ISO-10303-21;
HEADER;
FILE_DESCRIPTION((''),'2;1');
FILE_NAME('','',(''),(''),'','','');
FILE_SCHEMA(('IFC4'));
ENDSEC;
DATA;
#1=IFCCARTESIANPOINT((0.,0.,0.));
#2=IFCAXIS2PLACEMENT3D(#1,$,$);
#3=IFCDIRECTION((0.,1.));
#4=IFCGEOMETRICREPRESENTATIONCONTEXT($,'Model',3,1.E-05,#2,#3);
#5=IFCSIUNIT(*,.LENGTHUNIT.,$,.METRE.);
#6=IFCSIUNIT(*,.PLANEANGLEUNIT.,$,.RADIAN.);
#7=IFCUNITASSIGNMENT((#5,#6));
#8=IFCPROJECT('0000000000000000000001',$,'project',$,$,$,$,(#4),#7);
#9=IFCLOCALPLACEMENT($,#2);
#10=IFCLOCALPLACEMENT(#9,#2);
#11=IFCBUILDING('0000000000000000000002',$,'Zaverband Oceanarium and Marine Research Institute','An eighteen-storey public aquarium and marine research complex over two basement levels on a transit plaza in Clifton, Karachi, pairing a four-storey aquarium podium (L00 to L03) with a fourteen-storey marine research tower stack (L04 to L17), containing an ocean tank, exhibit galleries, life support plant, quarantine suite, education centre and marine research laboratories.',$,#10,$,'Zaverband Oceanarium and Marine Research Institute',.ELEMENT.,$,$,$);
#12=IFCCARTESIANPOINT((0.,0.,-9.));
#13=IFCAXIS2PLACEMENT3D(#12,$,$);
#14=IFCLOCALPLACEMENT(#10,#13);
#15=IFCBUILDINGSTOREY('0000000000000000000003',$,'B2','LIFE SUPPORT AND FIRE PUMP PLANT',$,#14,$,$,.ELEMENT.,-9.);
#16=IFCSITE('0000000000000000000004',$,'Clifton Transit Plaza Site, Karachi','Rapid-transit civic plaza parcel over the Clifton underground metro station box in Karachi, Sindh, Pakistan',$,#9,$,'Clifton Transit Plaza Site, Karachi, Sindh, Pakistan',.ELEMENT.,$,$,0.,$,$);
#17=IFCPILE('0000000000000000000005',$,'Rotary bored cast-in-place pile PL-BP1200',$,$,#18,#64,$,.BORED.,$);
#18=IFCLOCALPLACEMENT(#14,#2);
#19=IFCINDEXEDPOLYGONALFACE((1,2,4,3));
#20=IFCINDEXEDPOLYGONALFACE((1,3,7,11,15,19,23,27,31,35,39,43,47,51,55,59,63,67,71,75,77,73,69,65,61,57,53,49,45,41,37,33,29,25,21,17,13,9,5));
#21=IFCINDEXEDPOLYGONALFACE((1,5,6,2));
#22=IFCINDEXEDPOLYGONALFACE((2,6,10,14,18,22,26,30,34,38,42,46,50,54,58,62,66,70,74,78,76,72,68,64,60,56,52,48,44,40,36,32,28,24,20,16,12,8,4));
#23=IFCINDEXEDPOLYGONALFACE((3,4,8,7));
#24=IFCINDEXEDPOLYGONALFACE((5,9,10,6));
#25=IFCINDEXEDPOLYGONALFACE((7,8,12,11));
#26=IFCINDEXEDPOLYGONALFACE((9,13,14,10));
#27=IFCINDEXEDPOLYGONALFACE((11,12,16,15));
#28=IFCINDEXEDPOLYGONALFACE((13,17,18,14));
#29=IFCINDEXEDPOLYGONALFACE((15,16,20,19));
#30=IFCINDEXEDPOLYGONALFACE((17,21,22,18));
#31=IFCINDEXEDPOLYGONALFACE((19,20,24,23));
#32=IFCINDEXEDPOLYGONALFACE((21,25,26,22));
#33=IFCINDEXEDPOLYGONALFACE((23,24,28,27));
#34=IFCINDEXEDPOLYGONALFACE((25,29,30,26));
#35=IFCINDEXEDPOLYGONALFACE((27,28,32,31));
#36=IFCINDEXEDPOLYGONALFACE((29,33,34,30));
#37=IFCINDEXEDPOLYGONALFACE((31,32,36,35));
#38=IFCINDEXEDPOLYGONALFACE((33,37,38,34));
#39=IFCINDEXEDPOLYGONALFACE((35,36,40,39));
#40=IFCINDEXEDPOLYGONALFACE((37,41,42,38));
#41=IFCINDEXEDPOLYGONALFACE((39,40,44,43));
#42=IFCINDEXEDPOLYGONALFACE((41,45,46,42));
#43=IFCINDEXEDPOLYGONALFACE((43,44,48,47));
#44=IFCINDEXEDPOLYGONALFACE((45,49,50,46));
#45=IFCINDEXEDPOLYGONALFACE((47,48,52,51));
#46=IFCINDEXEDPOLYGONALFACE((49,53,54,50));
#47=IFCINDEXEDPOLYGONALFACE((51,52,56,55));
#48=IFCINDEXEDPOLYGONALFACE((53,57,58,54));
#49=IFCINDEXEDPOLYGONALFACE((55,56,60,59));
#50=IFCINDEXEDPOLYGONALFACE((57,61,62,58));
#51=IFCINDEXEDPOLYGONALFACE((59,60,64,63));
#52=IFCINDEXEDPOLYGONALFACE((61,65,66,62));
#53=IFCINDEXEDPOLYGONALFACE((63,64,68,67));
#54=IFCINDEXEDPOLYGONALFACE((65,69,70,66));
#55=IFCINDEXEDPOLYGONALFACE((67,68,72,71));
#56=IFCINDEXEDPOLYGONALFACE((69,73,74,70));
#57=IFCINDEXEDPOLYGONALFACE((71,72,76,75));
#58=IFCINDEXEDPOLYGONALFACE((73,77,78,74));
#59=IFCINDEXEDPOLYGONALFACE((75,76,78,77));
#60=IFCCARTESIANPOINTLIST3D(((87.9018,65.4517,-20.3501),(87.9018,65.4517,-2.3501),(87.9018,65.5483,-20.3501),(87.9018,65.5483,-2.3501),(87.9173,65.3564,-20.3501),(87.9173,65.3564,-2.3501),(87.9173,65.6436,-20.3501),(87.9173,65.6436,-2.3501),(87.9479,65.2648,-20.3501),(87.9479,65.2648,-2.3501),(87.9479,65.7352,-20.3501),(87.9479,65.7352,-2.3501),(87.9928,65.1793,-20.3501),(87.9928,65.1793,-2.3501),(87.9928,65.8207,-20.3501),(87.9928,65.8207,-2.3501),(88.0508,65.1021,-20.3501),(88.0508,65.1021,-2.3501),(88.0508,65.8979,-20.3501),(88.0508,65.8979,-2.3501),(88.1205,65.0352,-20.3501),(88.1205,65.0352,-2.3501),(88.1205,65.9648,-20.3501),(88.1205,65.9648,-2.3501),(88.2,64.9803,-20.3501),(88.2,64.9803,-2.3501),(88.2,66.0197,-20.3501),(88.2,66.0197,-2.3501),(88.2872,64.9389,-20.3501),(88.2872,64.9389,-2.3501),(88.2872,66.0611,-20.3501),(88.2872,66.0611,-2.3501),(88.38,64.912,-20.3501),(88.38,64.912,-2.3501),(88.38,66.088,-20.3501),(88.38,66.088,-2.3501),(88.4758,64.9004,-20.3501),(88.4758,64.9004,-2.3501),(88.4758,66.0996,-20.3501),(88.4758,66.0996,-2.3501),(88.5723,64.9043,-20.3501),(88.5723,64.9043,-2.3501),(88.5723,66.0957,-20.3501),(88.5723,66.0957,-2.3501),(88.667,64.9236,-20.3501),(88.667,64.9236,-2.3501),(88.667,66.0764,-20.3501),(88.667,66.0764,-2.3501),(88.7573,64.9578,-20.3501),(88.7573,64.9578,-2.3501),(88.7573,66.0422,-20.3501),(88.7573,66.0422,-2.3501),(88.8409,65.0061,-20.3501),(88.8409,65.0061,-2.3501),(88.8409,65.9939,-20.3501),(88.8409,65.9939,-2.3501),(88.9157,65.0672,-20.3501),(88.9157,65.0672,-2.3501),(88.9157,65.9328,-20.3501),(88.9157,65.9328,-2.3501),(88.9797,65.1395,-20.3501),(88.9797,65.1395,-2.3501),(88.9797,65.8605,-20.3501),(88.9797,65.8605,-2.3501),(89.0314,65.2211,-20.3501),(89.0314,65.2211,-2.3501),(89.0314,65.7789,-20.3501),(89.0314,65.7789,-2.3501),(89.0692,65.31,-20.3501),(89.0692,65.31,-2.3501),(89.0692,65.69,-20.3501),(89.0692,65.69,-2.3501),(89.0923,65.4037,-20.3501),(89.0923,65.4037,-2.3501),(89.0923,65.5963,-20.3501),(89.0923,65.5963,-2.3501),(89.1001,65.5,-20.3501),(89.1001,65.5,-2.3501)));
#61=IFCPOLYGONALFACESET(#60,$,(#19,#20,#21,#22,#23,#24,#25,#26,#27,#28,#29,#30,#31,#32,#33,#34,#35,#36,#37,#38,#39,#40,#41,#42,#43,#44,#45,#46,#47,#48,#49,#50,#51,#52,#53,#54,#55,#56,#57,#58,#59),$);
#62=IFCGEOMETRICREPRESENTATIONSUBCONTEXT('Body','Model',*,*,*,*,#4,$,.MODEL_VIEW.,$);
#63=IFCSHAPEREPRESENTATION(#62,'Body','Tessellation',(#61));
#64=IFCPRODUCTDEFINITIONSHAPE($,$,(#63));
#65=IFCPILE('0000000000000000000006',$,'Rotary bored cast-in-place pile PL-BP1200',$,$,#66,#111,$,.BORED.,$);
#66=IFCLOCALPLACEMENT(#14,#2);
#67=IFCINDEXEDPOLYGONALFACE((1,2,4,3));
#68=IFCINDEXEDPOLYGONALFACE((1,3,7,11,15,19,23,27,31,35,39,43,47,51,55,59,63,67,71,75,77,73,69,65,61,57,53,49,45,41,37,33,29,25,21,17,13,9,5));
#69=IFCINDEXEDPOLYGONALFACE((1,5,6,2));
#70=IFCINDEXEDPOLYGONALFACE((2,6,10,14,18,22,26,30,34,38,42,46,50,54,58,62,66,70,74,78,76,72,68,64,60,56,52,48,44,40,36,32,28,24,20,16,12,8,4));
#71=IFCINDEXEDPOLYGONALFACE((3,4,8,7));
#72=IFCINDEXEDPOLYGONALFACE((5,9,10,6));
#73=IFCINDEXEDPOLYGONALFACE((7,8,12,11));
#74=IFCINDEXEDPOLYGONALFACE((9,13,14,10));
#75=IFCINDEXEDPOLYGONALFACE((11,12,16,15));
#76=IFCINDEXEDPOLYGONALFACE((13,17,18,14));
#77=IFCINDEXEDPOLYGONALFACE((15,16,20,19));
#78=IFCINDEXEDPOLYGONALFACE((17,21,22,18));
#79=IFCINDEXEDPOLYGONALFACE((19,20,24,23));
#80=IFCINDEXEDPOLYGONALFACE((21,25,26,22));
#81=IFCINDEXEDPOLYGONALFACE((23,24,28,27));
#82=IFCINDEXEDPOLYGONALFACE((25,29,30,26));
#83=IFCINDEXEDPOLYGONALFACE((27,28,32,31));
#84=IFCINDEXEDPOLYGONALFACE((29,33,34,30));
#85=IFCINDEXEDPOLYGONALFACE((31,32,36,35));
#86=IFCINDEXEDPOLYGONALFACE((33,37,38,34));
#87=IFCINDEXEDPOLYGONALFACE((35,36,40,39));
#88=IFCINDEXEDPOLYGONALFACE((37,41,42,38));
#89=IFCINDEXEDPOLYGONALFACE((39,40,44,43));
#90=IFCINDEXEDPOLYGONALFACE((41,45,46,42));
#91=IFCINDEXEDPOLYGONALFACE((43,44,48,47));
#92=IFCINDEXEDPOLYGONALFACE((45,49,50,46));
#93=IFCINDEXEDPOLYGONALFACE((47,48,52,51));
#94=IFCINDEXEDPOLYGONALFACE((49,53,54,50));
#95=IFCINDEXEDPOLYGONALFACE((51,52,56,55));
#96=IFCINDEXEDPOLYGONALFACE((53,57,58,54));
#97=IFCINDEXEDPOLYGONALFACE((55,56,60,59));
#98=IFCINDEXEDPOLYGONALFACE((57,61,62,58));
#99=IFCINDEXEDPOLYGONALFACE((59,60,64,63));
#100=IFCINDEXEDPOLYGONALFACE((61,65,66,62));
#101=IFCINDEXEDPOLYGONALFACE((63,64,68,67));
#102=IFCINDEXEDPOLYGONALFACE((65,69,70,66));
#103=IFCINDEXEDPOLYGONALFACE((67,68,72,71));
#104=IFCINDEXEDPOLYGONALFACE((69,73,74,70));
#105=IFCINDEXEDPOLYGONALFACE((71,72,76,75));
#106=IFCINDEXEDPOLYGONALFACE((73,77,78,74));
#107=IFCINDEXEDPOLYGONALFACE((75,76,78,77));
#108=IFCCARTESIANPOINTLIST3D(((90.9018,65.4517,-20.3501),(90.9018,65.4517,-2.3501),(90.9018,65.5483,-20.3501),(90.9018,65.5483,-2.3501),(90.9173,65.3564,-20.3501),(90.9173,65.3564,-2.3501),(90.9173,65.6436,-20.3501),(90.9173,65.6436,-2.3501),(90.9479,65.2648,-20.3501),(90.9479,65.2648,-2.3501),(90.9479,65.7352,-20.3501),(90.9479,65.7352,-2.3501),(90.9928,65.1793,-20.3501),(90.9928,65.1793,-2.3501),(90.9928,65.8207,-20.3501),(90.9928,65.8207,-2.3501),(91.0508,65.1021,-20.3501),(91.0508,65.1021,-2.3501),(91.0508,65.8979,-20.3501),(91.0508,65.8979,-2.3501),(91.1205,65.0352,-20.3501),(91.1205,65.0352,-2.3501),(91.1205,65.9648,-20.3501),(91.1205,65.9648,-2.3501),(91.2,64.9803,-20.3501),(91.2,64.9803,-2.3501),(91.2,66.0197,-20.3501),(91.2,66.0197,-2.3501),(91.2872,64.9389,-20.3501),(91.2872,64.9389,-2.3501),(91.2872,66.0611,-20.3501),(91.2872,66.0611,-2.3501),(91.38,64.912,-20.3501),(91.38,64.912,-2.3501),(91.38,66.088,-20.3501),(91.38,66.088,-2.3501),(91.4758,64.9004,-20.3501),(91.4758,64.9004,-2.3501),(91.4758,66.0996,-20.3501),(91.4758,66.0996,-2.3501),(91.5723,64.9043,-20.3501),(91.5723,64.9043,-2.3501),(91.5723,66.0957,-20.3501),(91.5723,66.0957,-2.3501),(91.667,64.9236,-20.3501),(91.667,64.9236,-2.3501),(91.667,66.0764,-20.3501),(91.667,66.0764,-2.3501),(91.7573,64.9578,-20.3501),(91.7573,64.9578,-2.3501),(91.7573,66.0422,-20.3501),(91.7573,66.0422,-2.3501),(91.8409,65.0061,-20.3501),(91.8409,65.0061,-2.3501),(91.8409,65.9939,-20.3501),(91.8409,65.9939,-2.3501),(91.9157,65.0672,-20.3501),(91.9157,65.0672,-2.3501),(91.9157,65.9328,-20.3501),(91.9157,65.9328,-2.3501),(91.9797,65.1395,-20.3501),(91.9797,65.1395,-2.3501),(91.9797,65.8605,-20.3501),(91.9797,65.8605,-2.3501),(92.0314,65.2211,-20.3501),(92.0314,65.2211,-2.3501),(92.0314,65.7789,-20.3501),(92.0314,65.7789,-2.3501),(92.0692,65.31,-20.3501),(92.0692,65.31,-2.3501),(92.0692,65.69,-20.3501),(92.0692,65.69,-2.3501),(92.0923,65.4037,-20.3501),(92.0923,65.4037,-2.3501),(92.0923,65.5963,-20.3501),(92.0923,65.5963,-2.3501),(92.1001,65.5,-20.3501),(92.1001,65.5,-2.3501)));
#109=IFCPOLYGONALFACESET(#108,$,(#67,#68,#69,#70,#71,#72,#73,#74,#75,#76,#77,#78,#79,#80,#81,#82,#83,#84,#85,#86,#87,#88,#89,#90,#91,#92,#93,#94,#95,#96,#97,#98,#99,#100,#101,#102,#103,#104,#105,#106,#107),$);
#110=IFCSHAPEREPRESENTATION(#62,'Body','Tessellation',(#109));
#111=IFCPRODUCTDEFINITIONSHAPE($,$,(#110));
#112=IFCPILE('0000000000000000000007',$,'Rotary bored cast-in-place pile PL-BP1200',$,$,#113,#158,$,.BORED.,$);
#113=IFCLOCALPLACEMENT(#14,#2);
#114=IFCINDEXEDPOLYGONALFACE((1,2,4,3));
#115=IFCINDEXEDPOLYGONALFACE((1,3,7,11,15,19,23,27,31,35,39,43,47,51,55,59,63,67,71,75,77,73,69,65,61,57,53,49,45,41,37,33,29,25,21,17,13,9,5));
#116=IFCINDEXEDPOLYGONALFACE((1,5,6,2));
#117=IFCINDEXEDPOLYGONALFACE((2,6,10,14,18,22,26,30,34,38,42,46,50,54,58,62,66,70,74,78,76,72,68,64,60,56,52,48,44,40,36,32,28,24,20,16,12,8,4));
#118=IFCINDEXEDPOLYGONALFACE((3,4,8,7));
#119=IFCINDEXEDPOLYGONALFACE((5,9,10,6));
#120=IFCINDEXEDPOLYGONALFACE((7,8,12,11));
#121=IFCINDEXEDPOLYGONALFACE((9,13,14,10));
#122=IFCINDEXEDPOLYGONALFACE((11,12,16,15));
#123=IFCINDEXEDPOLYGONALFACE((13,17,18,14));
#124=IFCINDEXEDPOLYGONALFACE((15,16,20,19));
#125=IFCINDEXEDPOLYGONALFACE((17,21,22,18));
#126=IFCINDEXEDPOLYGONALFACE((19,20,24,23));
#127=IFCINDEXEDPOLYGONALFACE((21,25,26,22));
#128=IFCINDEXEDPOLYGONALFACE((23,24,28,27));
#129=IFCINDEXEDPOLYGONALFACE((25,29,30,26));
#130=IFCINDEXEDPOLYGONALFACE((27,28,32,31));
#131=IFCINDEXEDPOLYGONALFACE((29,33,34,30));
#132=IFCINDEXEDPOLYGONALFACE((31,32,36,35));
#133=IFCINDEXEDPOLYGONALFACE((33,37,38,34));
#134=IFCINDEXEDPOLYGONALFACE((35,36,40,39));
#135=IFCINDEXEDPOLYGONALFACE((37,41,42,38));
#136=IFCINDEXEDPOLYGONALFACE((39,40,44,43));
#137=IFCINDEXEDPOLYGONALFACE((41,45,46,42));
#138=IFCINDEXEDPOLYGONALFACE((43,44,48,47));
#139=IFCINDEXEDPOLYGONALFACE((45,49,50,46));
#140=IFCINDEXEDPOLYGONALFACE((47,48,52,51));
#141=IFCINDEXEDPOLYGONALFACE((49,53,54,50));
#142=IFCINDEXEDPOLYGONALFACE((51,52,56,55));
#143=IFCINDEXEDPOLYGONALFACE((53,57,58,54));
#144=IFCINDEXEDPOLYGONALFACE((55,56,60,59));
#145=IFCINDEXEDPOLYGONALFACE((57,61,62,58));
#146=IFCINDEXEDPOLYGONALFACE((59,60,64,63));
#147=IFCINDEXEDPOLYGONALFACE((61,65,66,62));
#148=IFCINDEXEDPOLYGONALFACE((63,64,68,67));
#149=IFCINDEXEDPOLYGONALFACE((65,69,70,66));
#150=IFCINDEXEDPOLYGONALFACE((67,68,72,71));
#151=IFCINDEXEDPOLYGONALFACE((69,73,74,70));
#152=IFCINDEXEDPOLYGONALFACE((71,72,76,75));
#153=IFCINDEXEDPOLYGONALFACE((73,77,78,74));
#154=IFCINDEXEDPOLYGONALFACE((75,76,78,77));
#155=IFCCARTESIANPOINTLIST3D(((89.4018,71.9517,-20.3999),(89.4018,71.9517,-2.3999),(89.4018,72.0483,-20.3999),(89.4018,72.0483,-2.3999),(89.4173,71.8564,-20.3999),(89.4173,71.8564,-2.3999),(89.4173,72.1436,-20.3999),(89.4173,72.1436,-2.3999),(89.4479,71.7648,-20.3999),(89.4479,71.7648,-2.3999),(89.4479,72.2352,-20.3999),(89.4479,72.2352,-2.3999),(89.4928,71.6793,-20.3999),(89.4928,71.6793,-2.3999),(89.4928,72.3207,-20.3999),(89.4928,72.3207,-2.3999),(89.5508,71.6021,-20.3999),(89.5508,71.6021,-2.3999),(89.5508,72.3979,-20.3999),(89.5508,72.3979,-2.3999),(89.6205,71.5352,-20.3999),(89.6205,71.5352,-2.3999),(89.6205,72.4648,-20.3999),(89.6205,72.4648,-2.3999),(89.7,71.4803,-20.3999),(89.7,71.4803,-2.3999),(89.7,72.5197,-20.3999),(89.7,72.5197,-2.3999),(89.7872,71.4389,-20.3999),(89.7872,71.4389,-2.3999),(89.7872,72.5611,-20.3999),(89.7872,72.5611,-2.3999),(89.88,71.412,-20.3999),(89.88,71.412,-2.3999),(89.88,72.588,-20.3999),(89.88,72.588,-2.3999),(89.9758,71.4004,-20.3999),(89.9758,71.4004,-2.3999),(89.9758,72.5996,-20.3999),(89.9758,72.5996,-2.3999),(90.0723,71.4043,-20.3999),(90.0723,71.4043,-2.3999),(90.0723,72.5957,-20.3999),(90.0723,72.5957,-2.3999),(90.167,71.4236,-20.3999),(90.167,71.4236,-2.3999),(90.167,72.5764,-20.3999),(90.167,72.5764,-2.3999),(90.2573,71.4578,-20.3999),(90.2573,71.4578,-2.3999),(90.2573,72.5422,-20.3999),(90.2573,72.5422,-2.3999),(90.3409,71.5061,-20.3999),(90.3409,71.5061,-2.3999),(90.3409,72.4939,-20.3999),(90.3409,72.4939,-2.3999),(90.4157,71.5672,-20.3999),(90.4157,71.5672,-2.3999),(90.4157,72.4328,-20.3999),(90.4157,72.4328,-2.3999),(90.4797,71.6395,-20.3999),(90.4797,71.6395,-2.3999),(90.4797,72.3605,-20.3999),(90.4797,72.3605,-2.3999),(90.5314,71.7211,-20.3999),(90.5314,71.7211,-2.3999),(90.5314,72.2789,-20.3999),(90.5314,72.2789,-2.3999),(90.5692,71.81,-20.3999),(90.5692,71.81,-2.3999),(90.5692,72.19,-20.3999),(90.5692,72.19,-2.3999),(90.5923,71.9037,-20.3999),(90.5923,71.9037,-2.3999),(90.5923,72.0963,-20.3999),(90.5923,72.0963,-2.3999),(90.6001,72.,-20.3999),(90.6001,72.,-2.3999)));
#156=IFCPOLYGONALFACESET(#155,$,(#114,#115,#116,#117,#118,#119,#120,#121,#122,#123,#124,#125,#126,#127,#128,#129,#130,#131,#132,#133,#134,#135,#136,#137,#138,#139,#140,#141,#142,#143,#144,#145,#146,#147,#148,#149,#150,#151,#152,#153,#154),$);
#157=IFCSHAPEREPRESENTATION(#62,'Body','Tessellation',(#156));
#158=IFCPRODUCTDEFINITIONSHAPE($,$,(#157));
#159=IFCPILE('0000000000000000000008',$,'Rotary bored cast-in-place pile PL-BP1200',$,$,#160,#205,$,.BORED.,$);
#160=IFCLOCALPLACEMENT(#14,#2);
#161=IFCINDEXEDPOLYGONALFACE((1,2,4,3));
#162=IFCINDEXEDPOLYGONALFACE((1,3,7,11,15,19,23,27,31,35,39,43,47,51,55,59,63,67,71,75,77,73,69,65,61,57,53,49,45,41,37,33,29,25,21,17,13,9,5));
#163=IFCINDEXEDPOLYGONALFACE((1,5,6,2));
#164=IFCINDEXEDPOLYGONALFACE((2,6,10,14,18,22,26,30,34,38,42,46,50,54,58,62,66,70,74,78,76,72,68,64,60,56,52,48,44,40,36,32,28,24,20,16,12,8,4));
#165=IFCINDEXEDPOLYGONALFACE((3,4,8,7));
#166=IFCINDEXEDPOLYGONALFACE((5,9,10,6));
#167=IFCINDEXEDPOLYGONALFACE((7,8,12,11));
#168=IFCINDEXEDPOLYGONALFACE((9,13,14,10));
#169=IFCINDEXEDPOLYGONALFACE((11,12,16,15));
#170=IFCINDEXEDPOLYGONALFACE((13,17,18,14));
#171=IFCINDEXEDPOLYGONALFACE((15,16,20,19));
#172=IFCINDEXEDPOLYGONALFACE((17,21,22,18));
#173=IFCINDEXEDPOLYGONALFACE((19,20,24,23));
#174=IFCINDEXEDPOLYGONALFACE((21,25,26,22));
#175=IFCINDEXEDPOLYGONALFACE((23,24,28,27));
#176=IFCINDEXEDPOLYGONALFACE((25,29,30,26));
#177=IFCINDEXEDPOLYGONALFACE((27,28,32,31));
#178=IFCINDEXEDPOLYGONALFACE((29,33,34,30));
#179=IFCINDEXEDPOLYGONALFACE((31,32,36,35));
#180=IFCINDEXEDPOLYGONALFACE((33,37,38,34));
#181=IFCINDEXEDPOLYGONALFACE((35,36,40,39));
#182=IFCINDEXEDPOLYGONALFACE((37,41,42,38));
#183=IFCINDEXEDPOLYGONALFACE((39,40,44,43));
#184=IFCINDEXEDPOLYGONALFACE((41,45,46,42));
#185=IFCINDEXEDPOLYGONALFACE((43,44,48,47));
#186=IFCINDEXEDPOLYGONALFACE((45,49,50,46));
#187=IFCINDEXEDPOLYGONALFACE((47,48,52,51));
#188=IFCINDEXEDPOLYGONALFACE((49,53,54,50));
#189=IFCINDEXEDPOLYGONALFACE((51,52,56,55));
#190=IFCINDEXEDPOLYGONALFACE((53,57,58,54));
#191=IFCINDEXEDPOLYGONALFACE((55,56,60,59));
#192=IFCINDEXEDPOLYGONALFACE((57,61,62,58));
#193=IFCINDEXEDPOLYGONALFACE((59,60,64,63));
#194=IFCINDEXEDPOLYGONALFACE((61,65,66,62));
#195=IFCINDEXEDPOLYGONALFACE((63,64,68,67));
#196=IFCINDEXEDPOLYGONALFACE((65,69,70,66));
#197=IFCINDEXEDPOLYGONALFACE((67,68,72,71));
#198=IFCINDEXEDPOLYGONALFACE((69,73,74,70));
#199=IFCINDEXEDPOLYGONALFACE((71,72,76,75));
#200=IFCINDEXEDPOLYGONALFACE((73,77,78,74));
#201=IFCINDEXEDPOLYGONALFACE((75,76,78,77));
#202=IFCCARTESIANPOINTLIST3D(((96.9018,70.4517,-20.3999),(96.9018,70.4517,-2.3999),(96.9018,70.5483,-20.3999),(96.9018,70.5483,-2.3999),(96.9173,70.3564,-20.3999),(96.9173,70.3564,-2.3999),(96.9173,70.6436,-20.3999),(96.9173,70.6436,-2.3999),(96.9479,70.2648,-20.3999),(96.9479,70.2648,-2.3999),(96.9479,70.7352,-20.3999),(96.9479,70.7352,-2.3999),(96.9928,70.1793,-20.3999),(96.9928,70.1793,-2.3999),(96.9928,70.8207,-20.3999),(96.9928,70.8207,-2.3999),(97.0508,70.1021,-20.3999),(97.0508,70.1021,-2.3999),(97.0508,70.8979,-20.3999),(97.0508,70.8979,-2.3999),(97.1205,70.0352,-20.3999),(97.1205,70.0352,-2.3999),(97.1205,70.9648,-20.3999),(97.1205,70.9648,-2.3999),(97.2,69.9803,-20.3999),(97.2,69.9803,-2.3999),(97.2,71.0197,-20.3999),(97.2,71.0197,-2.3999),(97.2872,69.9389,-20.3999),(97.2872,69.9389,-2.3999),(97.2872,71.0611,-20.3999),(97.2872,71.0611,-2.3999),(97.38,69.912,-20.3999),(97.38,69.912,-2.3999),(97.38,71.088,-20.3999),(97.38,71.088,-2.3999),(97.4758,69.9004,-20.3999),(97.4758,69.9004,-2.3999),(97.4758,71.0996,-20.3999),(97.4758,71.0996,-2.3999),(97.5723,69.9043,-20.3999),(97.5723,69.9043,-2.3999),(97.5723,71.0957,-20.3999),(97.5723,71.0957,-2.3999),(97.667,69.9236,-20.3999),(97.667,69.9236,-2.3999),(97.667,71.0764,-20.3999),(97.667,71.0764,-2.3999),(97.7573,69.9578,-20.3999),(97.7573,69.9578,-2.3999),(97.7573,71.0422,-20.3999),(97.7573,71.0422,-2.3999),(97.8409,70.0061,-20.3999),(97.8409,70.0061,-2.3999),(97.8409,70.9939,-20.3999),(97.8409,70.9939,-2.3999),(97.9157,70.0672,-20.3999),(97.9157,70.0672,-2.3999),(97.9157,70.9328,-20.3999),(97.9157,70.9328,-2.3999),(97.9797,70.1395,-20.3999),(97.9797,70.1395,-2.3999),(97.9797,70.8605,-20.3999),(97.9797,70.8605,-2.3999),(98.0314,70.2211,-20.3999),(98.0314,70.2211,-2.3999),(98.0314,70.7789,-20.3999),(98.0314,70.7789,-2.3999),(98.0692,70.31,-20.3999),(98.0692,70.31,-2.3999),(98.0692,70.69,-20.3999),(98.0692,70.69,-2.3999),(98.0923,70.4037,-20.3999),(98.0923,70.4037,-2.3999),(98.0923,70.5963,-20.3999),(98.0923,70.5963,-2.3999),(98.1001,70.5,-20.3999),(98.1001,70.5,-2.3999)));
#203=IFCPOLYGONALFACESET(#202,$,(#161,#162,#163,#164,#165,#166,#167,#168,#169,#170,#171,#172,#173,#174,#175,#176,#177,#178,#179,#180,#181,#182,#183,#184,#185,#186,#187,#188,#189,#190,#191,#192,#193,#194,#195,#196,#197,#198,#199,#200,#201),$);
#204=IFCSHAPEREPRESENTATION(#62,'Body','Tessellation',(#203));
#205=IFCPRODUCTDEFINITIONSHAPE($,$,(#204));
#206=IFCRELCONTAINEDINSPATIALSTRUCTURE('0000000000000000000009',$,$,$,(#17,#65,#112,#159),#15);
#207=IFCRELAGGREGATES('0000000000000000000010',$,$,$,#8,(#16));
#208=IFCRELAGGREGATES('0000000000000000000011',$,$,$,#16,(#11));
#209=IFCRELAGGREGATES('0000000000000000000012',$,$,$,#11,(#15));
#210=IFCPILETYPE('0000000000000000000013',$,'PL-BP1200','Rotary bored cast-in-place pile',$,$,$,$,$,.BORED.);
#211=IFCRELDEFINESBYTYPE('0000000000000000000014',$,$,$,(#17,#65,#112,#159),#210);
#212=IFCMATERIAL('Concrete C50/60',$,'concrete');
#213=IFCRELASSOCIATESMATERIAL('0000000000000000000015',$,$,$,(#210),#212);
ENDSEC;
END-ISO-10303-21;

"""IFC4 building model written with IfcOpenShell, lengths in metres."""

from ifc_helpers import new_model, si_unit, direction, frame, origin, origin_2d, place, context, subcontext, project, spatial, circle, extrude, material, material_profile, profile_set, type_object, element, save


model = new_model("IFC4")

# Units and contexts
model_context = context("Model", 3, precision=1e-05, world=origin(), true_north=direction((0.0, 1.0)))
body_context = subcontext(model_context, "Body", "Model", "MODEL_VIEW")
ifc_project = project(units=[si_unit("LENGTHUNIT", "METRE"), si_unit("PLANEANGLEUNIT", "RADIAN")], contexts=[model_context])

# Site, building, storey
site_placement = place(None, origin())
site = spatial("IfcSite", under=ifc_project, at=site_placement, Name="Clifton Transit Plaza Site, Karachi", Description="Rapid-transit civic plaza parcel over the Clifton underground metro station box in Karachi, Sindh, Pakistan", LongName="Clifton Transit Plaza Site, Karachi, Sindh, Pakistan", CompositionType="ELEMENT", RefElevation=0.0)
building_placement = place(site_placement, origin())
building = spatial("IfcBuilding", under=site, at=building_placement, Name="Zaverband Oceanarium and Marine Research Institute", Description="An eighteen-storey public aquarium and marine research complex over two basement levels on a transit plaza in Clifton, Karachi, pairing a four-storey aquarium podium (L00 to L03) with a fourteen-storey marine research tower stack (L04 to L17), containing an ocean tank, exhibit galleries, life support plant, quarantine suite, education centre and marine research laboratories.", LongName="Zaverband Oceanarium and Marine Research Institute", CompositionType="ELEMENT")
storey_placement = place(building_placement, frame((0.0, 0.0, -9.0)))
storey = spatial("IfcBuildingStorey", under=building, at=storey_placement, Name="B2", Description="LIFE SUPPORT AND FIRE PUMP PLANT", CompositionType="ELEMENT", Elevation=-9.0)

# Shared definitions
ifc_material_1 = material(Name="Concrete C50/60", Category="concrete")

# Piles
ifc_material_profile_1 = material_profile(ifc_material_1, circle(Radius=0.6001, at=origin_2d()), Name="BP1200")
ifc_profile_set_1 = profile_set([ifc_material_profile_1], Name="Concrete C50/60")
pile_type = type_object("IfcPileType", Name="PL-BP1200", Description="Rotary bored cast-in-place pile", PredefinedType="BORED", material=ifc_profile_set_1)
for number, where, z_axis, x_axis, name in (
    (1, (88.5, 65.5, -2.3501), (0.0, 0.0, -1.0), (1.0, 0.0, 0.0), "Rotary bored cast-in-place pile PL-BP1200"),
    (2, (91.5, 65.5, -2.3501), (0.0, 0.0, -1.0), (1.0, 0.0, 0.0), "Rotary bored cast-in-place pile PL-BP1200"),
    (3, (90.0, 72.0, -2.3999), (0.0, 0.0, -1.0), (1.0, 0.0, 0.0), "Rotary bored cast-in-place pile PL-BP1200"),
    (4, (97.5, 70.5, -2.3999), (0.0, 0.0, -1.0), (1.0, 0.0, 0.0), "Rotary bored cast-in-place pile PL-BP1200"),
):
    element("IfcPile", number, at=place(storey_placement, frame(where, z_axis=z_axis, x_axis=x_axis)), inside=storey, type_object=pile_type, Name=name, PredefinedType="BORED", context=body_context, shape_type="SweptSolid", body=[
        extrude(circle(Radius=0.6001, at=origin_2d()), origin(), (0.0, 0.0, 1.0), 18.0),
    ])

save(model, "model.ifc")
